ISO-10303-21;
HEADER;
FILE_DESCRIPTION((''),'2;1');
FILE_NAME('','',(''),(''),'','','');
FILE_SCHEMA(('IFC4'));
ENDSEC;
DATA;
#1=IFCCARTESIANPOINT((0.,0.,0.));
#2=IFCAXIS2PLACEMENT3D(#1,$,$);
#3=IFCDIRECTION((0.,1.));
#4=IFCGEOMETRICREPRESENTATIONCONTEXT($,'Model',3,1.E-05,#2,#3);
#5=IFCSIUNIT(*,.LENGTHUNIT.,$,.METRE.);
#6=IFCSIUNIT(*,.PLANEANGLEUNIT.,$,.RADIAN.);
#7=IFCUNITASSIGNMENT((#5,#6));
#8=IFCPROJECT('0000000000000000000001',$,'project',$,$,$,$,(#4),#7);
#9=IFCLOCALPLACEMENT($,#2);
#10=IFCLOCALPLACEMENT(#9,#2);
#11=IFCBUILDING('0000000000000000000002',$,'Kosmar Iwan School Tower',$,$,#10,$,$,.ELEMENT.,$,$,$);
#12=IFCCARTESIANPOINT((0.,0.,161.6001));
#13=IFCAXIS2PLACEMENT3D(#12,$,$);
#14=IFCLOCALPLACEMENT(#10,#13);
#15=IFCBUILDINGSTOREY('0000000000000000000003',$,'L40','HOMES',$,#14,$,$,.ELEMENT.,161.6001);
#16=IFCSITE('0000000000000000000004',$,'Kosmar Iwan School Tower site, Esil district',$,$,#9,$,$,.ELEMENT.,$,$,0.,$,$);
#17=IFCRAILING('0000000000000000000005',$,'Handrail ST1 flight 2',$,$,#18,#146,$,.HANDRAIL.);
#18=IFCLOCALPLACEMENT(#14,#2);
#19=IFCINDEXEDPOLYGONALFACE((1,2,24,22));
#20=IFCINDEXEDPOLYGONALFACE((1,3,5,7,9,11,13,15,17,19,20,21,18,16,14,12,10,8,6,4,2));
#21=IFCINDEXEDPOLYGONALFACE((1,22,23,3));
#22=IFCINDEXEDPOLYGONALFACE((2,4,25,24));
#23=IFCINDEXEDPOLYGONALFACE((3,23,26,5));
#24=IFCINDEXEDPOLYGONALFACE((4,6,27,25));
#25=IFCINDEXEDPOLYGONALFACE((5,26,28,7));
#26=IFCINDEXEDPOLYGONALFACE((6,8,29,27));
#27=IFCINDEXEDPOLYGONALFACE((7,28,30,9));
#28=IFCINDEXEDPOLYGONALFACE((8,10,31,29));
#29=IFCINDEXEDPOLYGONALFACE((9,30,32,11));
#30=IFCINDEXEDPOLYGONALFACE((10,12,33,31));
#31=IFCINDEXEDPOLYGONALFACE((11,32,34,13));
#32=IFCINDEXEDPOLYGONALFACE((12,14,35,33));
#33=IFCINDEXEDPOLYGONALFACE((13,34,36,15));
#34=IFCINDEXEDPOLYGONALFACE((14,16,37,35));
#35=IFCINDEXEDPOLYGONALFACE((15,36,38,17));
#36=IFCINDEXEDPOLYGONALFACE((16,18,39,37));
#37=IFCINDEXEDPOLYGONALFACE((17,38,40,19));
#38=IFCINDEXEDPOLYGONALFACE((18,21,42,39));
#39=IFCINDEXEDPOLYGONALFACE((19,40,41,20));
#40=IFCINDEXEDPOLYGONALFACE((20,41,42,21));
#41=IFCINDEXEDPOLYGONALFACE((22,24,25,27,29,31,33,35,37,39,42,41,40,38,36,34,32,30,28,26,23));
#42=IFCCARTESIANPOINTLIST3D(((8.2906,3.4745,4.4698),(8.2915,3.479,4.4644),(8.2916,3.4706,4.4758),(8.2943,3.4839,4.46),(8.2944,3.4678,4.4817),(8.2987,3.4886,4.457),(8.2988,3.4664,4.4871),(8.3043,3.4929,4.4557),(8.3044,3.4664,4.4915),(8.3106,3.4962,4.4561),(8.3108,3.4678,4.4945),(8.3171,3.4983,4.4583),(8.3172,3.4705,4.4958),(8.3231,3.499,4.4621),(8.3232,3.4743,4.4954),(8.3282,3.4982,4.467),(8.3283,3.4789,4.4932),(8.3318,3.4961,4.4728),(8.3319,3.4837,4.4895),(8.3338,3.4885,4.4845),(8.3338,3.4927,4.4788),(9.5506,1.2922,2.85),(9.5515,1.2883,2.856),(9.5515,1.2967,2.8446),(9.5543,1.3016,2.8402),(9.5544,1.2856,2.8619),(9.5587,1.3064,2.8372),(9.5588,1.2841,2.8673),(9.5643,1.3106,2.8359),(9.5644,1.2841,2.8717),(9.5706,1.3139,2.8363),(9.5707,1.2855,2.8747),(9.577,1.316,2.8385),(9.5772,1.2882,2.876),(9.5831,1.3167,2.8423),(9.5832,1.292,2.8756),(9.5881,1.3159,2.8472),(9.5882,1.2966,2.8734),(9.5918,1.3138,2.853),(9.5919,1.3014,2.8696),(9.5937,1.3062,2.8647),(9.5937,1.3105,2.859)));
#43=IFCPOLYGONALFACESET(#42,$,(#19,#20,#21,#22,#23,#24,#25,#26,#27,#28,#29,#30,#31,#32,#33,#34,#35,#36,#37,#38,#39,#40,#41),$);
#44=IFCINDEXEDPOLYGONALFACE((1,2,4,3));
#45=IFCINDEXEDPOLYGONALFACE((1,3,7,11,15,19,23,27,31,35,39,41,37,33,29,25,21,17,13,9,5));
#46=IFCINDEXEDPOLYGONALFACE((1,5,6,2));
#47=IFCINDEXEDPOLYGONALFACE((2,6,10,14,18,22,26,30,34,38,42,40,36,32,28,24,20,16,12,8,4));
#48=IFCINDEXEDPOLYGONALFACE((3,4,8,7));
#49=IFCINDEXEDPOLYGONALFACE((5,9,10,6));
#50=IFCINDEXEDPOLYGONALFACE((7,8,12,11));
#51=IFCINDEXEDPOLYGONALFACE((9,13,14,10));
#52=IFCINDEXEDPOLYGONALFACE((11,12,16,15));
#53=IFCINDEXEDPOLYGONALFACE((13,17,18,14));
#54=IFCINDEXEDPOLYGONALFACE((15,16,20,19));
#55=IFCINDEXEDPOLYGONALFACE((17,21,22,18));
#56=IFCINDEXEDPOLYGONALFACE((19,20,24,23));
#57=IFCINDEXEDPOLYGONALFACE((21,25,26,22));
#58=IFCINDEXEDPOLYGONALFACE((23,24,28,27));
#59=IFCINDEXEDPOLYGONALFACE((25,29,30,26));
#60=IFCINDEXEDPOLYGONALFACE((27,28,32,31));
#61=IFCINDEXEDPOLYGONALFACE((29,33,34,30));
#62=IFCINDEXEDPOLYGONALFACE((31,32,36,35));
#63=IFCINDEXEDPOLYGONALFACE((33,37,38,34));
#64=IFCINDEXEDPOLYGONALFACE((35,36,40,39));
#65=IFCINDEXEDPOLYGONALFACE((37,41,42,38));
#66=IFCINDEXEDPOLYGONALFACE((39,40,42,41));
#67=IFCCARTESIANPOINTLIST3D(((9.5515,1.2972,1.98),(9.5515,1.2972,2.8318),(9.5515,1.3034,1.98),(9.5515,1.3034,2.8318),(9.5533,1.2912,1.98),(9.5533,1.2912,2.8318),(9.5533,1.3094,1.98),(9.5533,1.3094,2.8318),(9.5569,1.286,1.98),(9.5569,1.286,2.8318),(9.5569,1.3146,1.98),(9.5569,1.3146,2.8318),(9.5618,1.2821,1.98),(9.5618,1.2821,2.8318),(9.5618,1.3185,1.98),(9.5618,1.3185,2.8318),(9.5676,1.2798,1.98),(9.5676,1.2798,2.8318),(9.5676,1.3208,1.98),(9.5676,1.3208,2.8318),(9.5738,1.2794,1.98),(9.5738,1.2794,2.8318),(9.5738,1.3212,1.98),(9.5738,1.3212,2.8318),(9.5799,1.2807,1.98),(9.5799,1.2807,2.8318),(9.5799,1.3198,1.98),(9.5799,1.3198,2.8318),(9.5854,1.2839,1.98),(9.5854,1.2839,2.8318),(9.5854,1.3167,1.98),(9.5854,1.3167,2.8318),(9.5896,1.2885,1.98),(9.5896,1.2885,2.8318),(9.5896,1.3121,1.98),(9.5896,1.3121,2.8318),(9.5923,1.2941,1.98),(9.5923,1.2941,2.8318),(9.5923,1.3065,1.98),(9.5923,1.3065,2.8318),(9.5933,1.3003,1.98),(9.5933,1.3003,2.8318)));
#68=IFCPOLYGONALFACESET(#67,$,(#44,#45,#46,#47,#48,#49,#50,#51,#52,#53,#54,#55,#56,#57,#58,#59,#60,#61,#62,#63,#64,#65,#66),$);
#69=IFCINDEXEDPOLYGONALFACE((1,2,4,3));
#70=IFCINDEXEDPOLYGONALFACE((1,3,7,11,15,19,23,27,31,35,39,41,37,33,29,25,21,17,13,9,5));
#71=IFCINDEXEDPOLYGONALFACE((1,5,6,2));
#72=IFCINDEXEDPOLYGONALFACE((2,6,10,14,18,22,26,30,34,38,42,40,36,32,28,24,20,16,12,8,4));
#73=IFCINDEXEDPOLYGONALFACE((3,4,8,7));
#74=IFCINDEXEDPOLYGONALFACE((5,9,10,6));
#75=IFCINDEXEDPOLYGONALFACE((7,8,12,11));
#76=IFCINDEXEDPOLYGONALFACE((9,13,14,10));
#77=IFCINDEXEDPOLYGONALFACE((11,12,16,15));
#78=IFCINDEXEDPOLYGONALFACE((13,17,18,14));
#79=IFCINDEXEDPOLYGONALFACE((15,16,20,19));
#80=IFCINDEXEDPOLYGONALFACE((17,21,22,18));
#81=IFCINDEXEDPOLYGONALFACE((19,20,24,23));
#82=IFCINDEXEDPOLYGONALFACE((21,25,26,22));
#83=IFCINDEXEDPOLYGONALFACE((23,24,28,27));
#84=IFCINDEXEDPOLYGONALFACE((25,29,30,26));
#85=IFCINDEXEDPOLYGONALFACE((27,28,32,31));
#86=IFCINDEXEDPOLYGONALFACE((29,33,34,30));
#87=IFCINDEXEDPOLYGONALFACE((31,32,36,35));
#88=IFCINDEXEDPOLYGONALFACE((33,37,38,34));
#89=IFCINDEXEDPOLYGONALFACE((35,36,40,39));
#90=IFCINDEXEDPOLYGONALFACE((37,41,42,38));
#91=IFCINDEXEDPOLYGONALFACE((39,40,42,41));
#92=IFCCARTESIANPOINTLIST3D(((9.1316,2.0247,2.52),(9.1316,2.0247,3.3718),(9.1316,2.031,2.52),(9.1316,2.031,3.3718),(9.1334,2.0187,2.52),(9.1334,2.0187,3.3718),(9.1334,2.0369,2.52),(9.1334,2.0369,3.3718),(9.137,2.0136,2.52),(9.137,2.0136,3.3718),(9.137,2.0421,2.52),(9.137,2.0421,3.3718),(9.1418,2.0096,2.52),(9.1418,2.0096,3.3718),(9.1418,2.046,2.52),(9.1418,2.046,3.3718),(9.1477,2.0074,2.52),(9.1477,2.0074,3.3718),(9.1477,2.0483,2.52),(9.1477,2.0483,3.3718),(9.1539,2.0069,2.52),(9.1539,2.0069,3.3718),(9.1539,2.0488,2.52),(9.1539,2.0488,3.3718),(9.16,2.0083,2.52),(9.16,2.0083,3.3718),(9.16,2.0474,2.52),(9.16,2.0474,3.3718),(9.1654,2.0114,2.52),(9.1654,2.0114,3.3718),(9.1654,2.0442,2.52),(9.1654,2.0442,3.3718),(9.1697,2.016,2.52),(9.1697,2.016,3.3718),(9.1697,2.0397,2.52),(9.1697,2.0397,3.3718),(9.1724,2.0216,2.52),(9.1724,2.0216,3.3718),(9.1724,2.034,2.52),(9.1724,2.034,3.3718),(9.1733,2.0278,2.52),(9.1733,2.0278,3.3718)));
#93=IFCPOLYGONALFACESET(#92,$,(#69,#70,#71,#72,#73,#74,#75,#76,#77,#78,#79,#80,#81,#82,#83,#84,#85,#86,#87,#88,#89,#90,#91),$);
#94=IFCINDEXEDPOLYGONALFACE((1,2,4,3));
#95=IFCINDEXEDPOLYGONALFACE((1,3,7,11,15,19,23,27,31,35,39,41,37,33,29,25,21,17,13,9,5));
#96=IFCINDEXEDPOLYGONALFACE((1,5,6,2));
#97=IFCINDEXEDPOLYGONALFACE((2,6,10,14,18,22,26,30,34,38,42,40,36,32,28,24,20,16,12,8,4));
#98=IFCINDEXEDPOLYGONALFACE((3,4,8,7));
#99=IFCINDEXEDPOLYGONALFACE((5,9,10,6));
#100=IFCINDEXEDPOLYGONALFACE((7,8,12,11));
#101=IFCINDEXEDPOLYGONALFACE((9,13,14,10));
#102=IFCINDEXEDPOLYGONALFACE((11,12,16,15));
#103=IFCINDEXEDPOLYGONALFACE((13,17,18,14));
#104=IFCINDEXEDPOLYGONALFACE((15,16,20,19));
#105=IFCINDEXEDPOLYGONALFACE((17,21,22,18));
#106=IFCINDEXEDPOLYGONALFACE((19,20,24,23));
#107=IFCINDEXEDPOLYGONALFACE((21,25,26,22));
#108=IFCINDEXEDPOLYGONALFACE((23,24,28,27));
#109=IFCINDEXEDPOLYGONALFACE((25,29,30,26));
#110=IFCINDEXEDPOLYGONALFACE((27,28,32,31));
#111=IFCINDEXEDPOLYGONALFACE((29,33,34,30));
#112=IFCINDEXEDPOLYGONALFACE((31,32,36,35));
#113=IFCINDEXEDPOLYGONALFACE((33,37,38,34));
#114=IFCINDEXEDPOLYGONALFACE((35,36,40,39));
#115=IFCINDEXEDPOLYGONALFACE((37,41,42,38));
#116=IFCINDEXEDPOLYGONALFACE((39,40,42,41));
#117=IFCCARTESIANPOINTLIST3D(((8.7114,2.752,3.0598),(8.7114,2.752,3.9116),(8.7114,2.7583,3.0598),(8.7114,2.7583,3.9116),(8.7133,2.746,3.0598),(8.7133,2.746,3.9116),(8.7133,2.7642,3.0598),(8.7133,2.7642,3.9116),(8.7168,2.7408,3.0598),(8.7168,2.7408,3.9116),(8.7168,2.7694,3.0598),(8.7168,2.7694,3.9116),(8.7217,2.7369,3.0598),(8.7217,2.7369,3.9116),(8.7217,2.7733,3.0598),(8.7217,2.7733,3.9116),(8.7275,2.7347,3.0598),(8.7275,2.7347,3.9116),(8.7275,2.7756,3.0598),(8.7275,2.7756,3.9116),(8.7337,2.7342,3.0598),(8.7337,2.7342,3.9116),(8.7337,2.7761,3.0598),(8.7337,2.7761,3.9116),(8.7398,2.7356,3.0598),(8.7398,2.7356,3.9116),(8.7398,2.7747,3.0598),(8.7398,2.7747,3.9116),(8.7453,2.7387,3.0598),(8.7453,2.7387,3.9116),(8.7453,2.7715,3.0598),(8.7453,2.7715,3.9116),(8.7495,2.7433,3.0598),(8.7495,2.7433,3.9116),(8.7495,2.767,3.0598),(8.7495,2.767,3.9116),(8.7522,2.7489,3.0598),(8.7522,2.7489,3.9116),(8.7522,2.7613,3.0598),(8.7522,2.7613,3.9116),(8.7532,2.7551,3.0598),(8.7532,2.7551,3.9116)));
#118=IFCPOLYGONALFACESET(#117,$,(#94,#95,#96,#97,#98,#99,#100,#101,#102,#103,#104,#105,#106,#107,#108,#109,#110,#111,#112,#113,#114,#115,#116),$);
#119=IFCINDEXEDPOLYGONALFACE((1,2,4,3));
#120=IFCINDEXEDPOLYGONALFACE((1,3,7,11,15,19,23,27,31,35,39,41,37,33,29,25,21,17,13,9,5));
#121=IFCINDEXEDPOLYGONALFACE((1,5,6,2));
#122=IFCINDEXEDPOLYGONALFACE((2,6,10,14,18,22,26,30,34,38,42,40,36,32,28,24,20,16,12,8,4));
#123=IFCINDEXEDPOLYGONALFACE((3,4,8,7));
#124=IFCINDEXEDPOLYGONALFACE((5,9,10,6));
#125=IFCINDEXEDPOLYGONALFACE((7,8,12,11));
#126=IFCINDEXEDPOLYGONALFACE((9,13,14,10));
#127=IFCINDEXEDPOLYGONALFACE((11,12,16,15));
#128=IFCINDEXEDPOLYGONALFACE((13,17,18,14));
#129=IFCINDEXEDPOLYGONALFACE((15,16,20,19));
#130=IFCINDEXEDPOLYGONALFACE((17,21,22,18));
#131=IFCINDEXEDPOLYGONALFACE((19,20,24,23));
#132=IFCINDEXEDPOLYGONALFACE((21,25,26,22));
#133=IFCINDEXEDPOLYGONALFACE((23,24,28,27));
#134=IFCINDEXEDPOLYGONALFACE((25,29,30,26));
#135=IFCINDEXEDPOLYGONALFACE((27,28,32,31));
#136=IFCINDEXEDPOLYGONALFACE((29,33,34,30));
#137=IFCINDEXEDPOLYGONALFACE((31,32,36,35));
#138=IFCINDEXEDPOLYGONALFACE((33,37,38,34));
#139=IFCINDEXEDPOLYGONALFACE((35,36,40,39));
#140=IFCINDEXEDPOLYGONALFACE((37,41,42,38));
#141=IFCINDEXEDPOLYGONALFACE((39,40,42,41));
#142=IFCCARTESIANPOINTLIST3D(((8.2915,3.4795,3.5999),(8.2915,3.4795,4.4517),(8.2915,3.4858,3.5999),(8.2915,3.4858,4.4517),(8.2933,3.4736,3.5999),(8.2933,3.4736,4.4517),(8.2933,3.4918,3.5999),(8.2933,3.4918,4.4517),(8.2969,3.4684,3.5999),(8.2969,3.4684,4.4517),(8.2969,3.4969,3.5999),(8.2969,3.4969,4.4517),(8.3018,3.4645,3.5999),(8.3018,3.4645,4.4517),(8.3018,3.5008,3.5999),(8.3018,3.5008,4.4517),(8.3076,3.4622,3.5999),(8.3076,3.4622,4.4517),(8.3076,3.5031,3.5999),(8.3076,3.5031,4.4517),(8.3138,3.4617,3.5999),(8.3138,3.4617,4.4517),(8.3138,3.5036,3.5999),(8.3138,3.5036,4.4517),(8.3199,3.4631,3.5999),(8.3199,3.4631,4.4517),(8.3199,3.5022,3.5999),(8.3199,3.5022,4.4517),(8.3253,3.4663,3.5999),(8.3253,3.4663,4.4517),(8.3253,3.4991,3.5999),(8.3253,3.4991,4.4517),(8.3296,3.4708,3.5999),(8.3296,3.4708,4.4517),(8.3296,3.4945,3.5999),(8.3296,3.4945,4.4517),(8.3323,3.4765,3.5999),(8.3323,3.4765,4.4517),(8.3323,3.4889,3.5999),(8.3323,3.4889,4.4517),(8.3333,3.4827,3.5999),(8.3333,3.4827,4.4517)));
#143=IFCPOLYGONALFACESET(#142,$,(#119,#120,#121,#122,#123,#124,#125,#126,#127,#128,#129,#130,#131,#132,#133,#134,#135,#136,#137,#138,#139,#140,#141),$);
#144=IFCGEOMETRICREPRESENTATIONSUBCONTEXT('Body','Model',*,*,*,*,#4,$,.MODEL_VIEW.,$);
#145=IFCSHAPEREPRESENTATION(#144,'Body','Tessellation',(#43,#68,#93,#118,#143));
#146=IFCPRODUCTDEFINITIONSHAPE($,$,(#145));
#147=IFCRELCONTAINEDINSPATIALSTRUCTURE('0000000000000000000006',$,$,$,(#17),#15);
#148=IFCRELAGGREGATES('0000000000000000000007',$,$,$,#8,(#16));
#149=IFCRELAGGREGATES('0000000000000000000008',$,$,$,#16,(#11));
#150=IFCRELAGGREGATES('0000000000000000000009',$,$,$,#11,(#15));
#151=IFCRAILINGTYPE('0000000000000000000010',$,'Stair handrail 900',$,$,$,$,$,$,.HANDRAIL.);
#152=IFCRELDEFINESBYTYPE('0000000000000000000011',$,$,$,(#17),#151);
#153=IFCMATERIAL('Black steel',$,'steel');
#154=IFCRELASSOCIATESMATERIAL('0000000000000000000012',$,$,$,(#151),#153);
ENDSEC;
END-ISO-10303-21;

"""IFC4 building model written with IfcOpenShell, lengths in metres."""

from ifc_helpers import new_model, si_unit, direction, frame, origin, origin_2d, place, context, subcontext, project, spatial, circle, extrude, material, type_object, element, save


model = new_model("IFC4")

# Units and contexts
model_context = context("Model", 3, precision=1e-05, world=origin(), true_north=direction((0.0, 1.0)))
body_context = subcontext(model_context, "Body", "Model", "MODEL_VIEW")
ifc_project = project(units=[si_unit("LENGTHUNIT", "METRE"), si_unit("PLANEANGLEUNIT", "RADIAN")], contexts=[model_context])

# Site, building, storey
site_placement = place(None, origin())
site = spatial("IfcSite", under=ifc_project, at=site_placement, Name="Kosmar Iwan School Tower site, Esil district", CompositionType="ELEMENT", RefElevation=0.0)
building_placement = place(site_placement, origin())
building = spatial("IfcBuilding", under=site, at=building_placement, Name="Kosmar Iwan School Tower", CompositionType="ELEMENT")
storey_placement = place(building_placement, frame((0.0, 0.0, 161.6001)))
storey = spatial("IfcBuildingStorey", under=building, at=storey_placement, Name="L40", Description="HOMES", CompositionType="ELEMENT", Elevation=161.6001)

# Railing
ifc_material_1 = material(Name="Black steel", Category="steel")
railing_type = type_object("IfcRailingType", Name="Stair handrail 900", PredefinedType="HANDRAIL", material=ifc_material_1)
railing_placement = place(storey_placement, frame((9.5723, 1.3003, 1.98)))
element("IfcRailing", 1, at=railing_placement, inside=storey, type_object=railing_type, Name="Handrail ST1 flight 2", PredefinedType="HANDRAIL", context=body_context, shape_type="SweptSolid", body=[
    extrude(circle(Radius=0.0239, at=origin_2d()), frame((0.0, 0.0, 0.876), z_axis=(-0.420603, 0.728496, 0.540728), x_axis=(-0.866023, -0.500005, 0.0)), (0.0, 0.0, 1.0), 2.9956),
    extrude(circle(Radius=0.021, at=origin_2d()), origin(), (0.0, 0.0, 1.0), 0.8518),
    extrude(circle(Radius=0.021, at=origin_2d()), frame((-0.4199, 0.7275, 0.54)), (0.0, 0.0, 1.0), 0.8518),
    extrude(circle(Radius=0.021, at=origin_2d()), frame((-0.8401, 1.4548, 1.0798)), (0.0, 0.0, 1.0), 0.8518),
    extrude(circle(Radius=0.021, at=origin_2d()), frame((-1.26, 2.1824, 1.6199)), (0.0, 0.0, 1.0), 0.8518),
])

save(model, "model.ifc")
